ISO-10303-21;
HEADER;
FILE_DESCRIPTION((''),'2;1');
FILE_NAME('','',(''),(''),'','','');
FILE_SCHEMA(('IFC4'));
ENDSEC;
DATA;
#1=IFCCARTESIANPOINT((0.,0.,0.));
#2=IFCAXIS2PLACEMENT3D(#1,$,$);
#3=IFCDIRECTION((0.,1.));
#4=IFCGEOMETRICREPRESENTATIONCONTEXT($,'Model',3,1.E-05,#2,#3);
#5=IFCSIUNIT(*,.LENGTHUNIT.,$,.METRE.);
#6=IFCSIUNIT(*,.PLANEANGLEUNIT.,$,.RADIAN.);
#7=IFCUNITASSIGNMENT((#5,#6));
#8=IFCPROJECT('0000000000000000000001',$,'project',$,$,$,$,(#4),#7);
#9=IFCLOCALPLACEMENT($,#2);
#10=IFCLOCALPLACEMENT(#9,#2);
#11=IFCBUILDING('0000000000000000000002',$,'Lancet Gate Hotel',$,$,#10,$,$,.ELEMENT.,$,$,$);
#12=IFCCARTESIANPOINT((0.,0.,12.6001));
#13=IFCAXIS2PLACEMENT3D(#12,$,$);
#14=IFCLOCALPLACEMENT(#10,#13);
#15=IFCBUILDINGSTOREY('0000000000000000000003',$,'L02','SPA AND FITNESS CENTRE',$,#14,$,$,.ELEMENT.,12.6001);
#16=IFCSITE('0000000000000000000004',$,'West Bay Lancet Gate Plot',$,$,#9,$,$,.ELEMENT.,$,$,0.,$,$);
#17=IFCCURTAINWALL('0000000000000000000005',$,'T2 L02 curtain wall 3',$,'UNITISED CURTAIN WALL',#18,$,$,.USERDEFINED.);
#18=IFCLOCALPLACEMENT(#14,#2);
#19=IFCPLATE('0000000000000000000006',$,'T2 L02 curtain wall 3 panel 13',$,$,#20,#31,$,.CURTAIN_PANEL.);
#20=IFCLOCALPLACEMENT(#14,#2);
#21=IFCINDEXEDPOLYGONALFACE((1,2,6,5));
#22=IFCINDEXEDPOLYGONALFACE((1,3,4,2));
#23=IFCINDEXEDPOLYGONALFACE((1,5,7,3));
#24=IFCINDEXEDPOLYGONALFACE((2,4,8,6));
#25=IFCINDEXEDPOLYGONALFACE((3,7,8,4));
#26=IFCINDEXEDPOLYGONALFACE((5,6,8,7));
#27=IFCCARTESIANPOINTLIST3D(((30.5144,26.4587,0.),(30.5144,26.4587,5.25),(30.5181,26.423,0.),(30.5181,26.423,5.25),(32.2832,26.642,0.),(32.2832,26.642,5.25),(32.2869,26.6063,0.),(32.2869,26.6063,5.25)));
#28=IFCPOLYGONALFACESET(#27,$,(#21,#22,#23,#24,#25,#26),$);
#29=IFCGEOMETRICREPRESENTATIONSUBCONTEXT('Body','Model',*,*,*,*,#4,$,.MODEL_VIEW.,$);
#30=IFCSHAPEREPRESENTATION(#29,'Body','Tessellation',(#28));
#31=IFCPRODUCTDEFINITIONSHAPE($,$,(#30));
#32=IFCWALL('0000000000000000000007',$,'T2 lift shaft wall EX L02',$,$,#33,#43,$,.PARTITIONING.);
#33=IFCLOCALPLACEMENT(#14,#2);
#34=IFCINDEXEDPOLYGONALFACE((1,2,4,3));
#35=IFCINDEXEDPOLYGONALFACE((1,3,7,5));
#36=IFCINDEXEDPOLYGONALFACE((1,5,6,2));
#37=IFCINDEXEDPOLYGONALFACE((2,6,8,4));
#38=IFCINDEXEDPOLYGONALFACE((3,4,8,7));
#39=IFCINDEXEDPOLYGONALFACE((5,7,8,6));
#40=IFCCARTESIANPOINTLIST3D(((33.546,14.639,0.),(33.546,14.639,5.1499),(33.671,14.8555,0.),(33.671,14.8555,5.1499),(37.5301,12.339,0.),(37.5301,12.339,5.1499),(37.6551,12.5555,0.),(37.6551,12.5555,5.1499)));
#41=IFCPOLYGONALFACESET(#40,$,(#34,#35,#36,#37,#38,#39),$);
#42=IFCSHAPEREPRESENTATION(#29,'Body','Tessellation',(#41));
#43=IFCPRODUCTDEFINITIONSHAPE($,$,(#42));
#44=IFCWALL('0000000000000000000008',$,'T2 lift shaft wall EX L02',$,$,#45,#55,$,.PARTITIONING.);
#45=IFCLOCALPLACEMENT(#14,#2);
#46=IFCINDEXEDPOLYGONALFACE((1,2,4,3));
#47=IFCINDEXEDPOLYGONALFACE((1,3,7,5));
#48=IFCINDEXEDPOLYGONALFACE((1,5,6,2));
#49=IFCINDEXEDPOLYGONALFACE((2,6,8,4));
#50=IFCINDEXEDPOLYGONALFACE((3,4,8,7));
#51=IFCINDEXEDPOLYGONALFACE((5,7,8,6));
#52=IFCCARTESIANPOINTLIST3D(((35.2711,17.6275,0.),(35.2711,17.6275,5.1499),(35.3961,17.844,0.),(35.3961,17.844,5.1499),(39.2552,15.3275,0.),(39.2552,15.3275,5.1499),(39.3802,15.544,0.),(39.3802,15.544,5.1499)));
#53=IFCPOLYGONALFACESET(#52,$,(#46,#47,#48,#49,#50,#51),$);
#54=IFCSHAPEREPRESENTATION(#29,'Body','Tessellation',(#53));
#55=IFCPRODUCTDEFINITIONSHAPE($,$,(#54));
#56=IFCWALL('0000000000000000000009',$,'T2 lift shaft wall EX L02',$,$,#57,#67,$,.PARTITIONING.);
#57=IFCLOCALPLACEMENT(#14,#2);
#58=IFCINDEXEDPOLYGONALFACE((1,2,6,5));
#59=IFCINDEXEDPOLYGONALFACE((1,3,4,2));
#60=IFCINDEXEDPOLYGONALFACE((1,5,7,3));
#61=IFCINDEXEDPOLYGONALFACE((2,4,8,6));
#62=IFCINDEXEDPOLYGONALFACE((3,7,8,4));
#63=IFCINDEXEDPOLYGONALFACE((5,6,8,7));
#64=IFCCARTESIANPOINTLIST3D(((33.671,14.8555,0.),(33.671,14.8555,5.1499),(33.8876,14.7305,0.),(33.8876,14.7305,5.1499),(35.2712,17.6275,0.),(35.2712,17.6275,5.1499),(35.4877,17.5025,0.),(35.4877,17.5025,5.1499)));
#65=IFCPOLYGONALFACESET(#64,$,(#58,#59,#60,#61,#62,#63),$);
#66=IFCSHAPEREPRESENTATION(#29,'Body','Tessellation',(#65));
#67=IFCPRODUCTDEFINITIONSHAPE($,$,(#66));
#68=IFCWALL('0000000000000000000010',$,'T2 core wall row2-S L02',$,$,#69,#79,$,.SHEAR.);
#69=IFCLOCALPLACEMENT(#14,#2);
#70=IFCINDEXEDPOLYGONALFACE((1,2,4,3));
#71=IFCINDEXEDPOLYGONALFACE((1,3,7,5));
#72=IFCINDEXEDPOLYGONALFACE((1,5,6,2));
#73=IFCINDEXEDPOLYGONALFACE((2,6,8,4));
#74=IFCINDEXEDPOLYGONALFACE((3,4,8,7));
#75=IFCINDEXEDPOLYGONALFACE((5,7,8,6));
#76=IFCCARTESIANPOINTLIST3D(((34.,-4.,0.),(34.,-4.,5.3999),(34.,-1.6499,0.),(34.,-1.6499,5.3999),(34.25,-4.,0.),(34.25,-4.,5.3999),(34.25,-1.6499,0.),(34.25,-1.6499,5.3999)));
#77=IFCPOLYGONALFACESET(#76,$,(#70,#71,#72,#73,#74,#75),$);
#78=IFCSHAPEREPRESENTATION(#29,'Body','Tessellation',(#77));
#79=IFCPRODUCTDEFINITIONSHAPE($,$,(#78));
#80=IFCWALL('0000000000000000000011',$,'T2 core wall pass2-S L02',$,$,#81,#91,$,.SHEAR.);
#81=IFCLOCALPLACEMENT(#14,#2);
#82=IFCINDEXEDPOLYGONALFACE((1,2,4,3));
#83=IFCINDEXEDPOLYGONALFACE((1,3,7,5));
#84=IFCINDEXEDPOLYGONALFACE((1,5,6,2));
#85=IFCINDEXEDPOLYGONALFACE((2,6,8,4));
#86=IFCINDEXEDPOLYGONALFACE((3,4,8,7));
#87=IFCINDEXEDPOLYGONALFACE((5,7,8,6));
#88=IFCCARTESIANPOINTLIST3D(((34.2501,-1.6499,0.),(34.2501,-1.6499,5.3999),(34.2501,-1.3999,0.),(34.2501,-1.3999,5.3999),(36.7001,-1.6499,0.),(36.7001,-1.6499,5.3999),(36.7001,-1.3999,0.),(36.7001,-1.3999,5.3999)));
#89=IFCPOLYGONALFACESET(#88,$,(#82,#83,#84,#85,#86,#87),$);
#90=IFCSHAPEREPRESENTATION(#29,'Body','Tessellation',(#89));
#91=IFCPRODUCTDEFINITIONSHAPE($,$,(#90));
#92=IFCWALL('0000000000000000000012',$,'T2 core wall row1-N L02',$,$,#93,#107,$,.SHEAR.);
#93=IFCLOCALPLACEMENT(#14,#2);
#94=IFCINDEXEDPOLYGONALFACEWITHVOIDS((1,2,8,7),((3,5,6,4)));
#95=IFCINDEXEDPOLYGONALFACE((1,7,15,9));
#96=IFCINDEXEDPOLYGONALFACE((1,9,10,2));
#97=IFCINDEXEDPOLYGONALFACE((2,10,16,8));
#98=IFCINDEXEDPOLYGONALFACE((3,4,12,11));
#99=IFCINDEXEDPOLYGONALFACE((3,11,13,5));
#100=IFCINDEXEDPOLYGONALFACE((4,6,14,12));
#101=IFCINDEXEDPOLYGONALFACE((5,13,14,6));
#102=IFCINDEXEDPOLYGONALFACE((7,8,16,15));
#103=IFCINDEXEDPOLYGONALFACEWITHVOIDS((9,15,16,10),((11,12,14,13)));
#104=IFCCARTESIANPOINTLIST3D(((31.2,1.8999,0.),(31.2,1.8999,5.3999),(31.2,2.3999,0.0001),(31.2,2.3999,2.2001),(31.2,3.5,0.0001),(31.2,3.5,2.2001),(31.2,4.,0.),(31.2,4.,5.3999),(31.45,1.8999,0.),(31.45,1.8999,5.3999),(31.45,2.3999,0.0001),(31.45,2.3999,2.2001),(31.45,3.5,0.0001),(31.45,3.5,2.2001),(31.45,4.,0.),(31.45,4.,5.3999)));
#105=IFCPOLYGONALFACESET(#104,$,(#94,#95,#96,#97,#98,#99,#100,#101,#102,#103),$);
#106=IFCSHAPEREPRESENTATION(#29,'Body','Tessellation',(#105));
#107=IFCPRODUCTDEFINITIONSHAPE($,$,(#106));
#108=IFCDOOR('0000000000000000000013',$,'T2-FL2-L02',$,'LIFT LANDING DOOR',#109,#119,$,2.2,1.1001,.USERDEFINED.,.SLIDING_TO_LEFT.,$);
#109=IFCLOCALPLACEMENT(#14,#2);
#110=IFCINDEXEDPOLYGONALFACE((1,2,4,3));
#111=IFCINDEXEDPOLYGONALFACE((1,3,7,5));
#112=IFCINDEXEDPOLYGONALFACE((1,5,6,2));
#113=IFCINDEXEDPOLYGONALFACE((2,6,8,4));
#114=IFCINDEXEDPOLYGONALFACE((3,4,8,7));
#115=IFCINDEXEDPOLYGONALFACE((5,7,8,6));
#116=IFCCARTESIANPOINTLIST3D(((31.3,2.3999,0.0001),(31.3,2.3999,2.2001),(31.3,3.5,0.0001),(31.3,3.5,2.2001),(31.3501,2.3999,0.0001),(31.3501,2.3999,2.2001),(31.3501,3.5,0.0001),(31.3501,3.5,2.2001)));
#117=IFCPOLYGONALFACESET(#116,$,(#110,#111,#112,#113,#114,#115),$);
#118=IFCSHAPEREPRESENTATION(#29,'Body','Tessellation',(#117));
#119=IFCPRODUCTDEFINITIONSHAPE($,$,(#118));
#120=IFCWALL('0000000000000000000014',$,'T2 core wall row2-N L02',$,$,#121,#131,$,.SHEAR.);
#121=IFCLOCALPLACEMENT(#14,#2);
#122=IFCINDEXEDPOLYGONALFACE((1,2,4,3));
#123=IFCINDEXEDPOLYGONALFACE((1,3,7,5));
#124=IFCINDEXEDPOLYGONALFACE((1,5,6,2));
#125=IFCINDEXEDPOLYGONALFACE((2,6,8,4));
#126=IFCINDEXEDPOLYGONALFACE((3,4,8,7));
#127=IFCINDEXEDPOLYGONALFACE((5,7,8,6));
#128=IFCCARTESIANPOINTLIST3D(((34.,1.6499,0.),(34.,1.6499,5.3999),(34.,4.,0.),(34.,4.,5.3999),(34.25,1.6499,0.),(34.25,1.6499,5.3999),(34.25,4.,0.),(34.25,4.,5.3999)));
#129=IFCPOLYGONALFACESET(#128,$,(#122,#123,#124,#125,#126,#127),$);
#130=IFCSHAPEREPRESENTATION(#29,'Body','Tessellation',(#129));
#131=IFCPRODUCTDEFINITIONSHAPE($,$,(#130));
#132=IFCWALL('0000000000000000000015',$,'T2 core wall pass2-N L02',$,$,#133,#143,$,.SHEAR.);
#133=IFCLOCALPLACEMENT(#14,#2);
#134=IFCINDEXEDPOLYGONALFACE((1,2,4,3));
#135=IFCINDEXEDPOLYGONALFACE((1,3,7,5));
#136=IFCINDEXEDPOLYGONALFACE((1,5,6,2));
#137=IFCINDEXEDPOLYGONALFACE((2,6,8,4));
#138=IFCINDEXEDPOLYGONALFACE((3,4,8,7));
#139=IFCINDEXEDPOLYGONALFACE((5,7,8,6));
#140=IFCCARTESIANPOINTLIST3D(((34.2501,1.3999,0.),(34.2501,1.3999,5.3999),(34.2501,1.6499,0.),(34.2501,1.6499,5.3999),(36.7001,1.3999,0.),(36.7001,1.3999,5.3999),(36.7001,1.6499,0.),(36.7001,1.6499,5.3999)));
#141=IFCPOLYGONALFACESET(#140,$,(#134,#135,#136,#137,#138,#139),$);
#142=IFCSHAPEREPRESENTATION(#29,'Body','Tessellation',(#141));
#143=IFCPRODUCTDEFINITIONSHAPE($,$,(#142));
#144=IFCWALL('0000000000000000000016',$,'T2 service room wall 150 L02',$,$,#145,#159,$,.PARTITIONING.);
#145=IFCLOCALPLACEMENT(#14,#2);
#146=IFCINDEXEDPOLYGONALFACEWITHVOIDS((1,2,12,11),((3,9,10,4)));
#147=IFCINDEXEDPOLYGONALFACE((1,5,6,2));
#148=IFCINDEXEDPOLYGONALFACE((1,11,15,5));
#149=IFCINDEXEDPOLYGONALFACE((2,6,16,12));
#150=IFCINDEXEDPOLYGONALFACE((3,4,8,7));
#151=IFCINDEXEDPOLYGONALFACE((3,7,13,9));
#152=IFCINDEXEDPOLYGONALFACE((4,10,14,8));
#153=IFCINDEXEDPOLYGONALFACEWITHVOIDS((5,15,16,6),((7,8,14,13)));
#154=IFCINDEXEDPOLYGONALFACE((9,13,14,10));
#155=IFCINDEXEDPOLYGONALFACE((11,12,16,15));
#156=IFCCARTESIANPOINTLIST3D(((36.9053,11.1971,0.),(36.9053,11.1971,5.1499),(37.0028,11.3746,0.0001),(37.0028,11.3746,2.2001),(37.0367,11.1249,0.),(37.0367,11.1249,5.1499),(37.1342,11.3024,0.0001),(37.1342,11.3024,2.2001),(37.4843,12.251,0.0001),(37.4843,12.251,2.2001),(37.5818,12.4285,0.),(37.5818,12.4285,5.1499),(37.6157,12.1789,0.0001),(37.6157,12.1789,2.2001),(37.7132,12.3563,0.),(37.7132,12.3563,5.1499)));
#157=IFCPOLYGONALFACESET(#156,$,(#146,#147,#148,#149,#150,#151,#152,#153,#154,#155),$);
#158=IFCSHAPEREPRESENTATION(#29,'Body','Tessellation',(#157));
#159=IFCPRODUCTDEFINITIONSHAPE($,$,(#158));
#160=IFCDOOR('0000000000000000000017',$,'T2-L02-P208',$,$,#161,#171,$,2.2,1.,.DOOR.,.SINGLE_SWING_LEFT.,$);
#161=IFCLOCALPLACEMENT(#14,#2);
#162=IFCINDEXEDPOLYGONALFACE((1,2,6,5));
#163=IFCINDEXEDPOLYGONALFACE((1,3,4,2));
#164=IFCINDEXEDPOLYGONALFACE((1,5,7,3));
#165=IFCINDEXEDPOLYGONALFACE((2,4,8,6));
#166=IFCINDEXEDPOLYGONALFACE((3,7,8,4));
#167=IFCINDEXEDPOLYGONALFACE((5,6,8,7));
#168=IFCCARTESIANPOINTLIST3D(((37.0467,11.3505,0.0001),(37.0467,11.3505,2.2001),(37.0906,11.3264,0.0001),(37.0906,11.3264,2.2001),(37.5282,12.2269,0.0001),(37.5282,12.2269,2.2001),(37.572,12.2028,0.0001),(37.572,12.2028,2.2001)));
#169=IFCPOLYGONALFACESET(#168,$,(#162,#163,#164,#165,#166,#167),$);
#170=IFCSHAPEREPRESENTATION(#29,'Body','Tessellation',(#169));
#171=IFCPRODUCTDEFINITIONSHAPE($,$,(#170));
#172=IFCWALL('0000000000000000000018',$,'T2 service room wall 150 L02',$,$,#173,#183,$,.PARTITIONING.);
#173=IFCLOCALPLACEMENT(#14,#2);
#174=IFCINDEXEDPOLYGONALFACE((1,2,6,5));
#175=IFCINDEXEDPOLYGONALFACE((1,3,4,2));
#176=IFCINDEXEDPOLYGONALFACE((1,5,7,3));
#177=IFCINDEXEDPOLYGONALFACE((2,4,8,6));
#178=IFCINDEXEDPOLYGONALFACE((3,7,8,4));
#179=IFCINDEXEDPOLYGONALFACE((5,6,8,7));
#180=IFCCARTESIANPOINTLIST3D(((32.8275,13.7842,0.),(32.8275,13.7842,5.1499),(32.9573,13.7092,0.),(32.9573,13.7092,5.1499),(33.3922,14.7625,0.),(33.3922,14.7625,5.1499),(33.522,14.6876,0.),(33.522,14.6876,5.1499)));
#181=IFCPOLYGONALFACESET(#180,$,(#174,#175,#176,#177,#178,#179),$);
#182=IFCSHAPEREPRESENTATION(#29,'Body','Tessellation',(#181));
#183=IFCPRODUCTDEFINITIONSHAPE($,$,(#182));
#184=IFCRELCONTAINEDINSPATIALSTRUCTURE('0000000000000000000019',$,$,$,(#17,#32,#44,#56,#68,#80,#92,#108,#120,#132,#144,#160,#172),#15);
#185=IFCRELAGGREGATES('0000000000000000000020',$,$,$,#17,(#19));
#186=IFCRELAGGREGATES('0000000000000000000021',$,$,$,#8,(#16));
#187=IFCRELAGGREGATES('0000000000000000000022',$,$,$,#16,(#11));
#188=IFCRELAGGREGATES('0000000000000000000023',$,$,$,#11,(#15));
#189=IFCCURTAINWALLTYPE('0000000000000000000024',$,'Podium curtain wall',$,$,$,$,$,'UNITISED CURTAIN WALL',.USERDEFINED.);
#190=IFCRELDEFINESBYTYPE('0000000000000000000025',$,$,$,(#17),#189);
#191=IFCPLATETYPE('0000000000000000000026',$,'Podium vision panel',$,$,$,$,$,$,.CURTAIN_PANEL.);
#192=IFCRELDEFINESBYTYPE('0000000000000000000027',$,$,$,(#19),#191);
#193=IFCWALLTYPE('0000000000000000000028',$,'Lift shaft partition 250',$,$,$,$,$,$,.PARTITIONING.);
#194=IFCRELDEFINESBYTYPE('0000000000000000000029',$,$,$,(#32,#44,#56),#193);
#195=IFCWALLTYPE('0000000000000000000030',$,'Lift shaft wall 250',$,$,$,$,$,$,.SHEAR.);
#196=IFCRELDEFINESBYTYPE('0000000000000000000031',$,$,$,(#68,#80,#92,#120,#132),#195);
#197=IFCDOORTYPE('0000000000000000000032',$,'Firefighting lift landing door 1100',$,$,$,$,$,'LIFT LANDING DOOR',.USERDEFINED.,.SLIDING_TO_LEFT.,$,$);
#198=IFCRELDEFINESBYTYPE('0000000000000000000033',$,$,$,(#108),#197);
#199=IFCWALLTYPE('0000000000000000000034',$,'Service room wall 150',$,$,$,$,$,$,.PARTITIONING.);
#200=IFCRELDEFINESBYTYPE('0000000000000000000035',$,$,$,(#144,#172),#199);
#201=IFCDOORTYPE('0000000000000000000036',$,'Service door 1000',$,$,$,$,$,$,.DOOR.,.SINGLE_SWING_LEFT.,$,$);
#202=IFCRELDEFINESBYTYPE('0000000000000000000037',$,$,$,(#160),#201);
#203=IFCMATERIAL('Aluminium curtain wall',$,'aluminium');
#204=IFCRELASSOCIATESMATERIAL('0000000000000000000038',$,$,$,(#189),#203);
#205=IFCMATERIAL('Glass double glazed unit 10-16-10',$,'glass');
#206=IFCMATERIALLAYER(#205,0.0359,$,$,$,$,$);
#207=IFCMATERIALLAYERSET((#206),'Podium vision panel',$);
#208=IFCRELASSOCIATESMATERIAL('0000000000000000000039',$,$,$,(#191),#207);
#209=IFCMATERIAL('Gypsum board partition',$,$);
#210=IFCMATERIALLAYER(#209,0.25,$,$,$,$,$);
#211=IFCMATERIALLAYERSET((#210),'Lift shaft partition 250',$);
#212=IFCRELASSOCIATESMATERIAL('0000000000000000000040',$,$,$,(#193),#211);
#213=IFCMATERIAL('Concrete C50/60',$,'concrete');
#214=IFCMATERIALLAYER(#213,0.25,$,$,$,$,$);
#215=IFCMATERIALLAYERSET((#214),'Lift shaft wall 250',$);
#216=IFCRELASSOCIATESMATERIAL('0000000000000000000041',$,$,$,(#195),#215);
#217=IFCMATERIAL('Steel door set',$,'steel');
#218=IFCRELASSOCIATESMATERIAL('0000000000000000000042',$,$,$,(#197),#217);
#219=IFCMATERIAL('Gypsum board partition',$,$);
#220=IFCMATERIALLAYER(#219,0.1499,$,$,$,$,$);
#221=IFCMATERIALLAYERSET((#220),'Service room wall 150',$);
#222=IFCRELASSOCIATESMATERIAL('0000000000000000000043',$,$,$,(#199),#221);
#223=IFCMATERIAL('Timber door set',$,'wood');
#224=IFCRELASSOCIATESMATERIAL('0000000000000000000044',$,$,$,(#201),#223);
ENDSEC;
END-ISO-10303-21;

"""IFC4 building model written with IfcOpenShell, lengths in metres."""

from ifc_helpers import new_model, si_unit, direction, frame, frame_2d, origin, origin_2d, place, context, subcontext, project, spatial, rectangle, extrude, material, layer, layer_set, type_object, element, fill, aggregate, save


model = new_model("IFC4")

# Units and contexts
model_context = context("Model", 3, precision=1e-05, world=origin(), true_north=direction((0.0, 1.0)))
body_context = subcontext(model_context, "Body", "Model", "MODEL_VIEW")
ifc_project = project(units=[si_unit("LENGTHUNIT", "METRE"), si_unit("PLANEANGLEUNIT", "RADIAN")], contexts=[model_context])

# Site, building, storey
site_placement = place(None, origin())
site = spatial("IfcSite", under=ifc_project, at=site_placement, Name="West Bay Lancet Gate Plot", CompositionType="ELEMENT", RefElevation=0.0)
building_placement = place(site_placement, origin())
building = spatial("IfcBuilding", under=site, at=building_placement, Name="Lancet Gate Hotel", CompositionType="ELEMENT")
storey_placement = place(building_placement, frame((0.0, 0.0, 12.6001)))
storey = spatial("IfcBuildingStorey", under=building, at=storey_placement, Name="L02", Description="SPA AND FITNESS CENTRE", CompositionType="ELEMENT", Elevation=12.6001)

# Curtain wall
ifc_material_1 = material(Name="Aluminium curtain wall", Category="aluminium")
curtain_wall_type = type_object("IfcCurtainWallType", Name="Podium curtain wall", ElementType="UNITISED CURTAIN WALL", PredefinedType="USERDEFINED", material=ifc_material_1)
curtain_wall_1_placement = place(storey_placement, origin())
curtain_wall_1 = element("IfcCurtainWall", 1, at=curtain_wall_1_placement, inside=storey, type_object=curtain_wall_type, Name="T2 L02 curtain wall 3", ObjectType="UNITISED CURTAIN WALL", PredefinedType="USERDEFINED")

# Plate
ifc_material_2 = material(Name="Glass double glazed unit 10-16-10", Category="glass")
ifc_layer_1 = layer(ifc_material_2, 0.0359)
ifc_layer_set_1 = layer_set([ifc_layer_1], Name="Podium vision panel")
plate_type = type_object("IfcPlateType", Name="Podium vision panel", PredefinedType="CURTAIN_PANEL", material=ifc_layer_set_1)
plate_1_placement = place(storey_placement, frame((31.4006, 26.5325, 0.0), z_axis=(0.0, 0.0, 1.0), x_axis=(-0.994672, -0.103088, 0.0)))
plate_1 = element("IfcPlate", 2, at=plate_1_placement, type_object=plate_type, Name="T2 L02 curtain wall 3 panel 13", PredefinedType="CURTAIN_PANEL", context=body_context, shape_type="SweptSolid", body=[
    extrude(rectangle(XDim=1.7783, YDim=0.0359, at=origin_2d()), origin(), (0.0, 0.0, 1.0), 5.25),
])
aggregate(curtain_wall_1, [plate_1])

# Walls
ifc_material_3 = material(Name="Gypsum board partition")
ifc_layer_2 = layer(ifc_material_3, 0.25)
ifc_layer_set_2 = layer_set([ifc_layer_2], Name="Lift shaft partition 250")
wall_type_1 = type_object("IfcWallType", Name="Lift shaft partition 250", PredefinedType="PARTITIONING", material=ifc_layer_set_2)
for number, where, z_axis, x_axis, name in (
    (3, (33.6084, 14.7473, 0.0), (0.0, 0.0, 1.0), (0.866043, -0.499969, 0.0), "T2 lift shaft wall EX L02"),
    (4, (35.3335, 17.7358, 0.0), (0.0, 0.0, 1.0), (0.866043, -0.499969, 0.0), "T2 lift shaft wall EX L02"),
):
    element("IfcWall", number, at=place(storey_placement, frame(where, z_axis=z_axis, x_axis=x_axis)), inside=storey, type_object=wall_type_1, Name=name, PredefinedType="PARTITIONING", context=body_context, shape_type="SweptSolid", body=[
        extrude(rectangle(XDim=4.6003, YDim=0.25, at=frame_2d((2.3003, 0.0))), origin(), (0.0, 0.0, 1.0), 5.1499),
    ])
wall_1_placement = place(storey_placement, frame((33.7793, 14.793, 0.0), z_axis=(0.0, 0.0, 1.0), x_axis=(0.499929, 0.866066, 0.0)))
element("IfcWall", 5, at=wall_1_placement, inside=storey, type_object=wall_type_1, Name="T2 lift shaft wall EX L02", PredefinedType="PARTITIONING", context=body_context, shape_type="SweptSolid", body=[
    extrude(rectangle(XDim=3.2007, YDim=0.25, at=frame_2d((1.6003, 0.0))), origin(), (0.0, 0.0, 1.0), 5.1499),
])
ifc_material_4 = material(Name="Concrete C50/60", Category="concrete")
ifc_layer_3 = layer(ifc_material_4, 0.25)
ifc_layer_set_3 = layer_set([ifc_layer_3], Name="Lift shaft wall 250")
wall_type_2 = type_object("IfcWallType", Name="Lift shaft wall 250", PredefinedType="SHEAR", material=ifc_layer_set_3)
wall_2_placement = place(storey_placement, frame((34.125, -4.0, 0.0), z_axis=(0.0, 0.0, 1.0), x_axis=(0.0, 1.0, 0.0)))
element("IfcWall", 6, at=wall_2_placement, inside=storey, type_object=wall_type_2, Name="T2 core wall row2-S L02", PredefinedType="SHEAR", context=body_context, shape_type="SweptSolid", body=[
    extrude(rectangle(XDim=2.3501, YDim=0.25, at=frame_2d((1.175, 0.0))), origin(), (0.0, 0.0, 1.0), 5.3999),
])
wall_3_placement = place(storey_placement, frame((34.25, -1.5249, 0.0), z_axis=(0.0, 0.0, 1.0), x_axis=(1.0, 0.0, 0.0)))
element("IfcWall", 7, at=wall_3_placement, inside=storey, type_object=wall_type_2, Name="T2 core wall pass2-S L02", PredefinedType="SHEAR", context=body_context, shape_type="SweptSolid", body=[
    extrude(rectangle(XDim=2.45, YDim=0.25, at=frame_2d((1.2251, 0.0))), origin(), (0.0, 0.0, 1.0), 5.3999),
])

# Wall, opening, door
wall_4_placement = place(storey_placement, frame((31.325, 1.8999, 0.0), z_axis=(0.0, 0.0, 1.0), x_axis=(0.0, 1.0, 0.0)))
wall_4 = element("IfcWall", 8, at=wall_4_placement, inside=storey, type_object=wall_type_2, Name="T2 core wall row1-N L02", PredefinedType="SHEAR", context=body_context, shape_type="SweptSolid", body=[
    extrude(rectangle(XDim=2.1001, YDim=0.25, at=frame_2d((1.05, 0.0))), origin(), (0.0, 0.0, 1.0), 5.3999),
])
opening_1_placement = place(wall_4_placement, frame((0.5, 0.0, 0.0)))
opening_1 = element("IfcOpeningElement", 9, at=opening_1_placement, cuts=wall_4, PredefinedType="OPENING", context=body_context, shape_type="SweptSolid", body=[
    extrude(rectangle(XDim=1.1001, YDim=2.2, at=frame_2d((0.55, 1.1001))), frame((0.0, 0.135, 0.0), z_axis=(0.0, -1.0, 0.0), x_axis=(1.0, 0.0, 0.0)), (0.0, 0.0, 1.0), 0.27),
])
ifc_material_5 = material(Name="Steel door set", Category="steel")
door_type_1 = type_object("IfcDoorType", Name="Firefighting lift landing door 1100", ElementType="LIFT LANDING DOOR", OperationType="SLIDING_TO_LEFT", PredefinedType="USERDEFINED", material=ifc_material_5)
door_1_placement = place(opening_1_placement, origin())
door_1 = element("IfcDoor", 10, at=door_1_placement, inside=storey, type_object=door_type_1, Name="T2-FL2-L02", ObjectType="LIFT LANDING DOOR", OperationType="SLIDING_TO_LEFT", OverallHeight=2.2, OverallWidth=1.1001, PredefinedType="USERDEFINED", context=body_context, shape_type="SweptSolid", body=[
    extrude(rectangle(XDim=1.1001, YDim=2.2, at=frame_2d((0.55, 1.1001))), frame((0.0, 0.0249, 0.0), z_axis=(0.0, -1.0, 0.0), x_axis=(1.0, 0.0, 0.0)), (0.0, 0.0, 1.0), 0.05),
])
fill(opening_1, door_1)

# Walls
wall_5_placement = place(storey_placement, frame((34.125, 1.6499, 0.0), z_axis=(0.0, 0.0, 1.0), x_axis=(0.0, 1.0, 0.0)))
element("IfcWall", 11, at=wall_5_placement, inside=storey, type_object=wall_type_2, Name="T2 core wall row2-N L02", PredefinedType="SHEAR", context=body_context, shape_type="SweptSolid", body=[
    extrude(rectangle(XDim=2.3501, YDim=0.25, at=frame_2d((1.175, 0.0))), origin(), (0.0, 0.0, 1.0), 5.3999),
])
wall_6_placement = place(storey_placement, frame((34.25, 1.5249, 0.0), z_axis=(0.0, 0.0, 1.0), x_axis=(1.0, 0.0, 0.0)))
element("IfcWall", 12, at=wall_6_placement, inside=storey, type_object=wall_type_2, Name="T2 core wall pass2-N L02", PredefinedType="SHEAR", context=body_context, shape_type="SweptSolid", body=[
    extrude(rectangle(XDim=2.45, YDim=0.25, at=frame_2d((1.2251, 0.0))), origin(), (0.0, 0.0, 1.0), 5.3999),
])

# Wall, opening, door
ifc_material_6 = material(Name="Gypsum board partition")
ifc_layer_4 = layer(ifc_material_6, 0.1499)
ifc_layer_set_4 = layer_set([ifc_layer_4], Name="Service room wall 150")
wall_type_3 = type_object("IfcWallType", Name="Service room wall 150", PredefinedType="PARTITIONING", material=ifc_layer_set_4)
wall_7_placement = place(storey_placement, frame((36.9709, 11.1609, 0.0), z_axis=(0.0, 0.0, 1.0), x_axis=(0.481492, 0.876451, 0.0)))
wall_7 = element("IfcWall", 13, at=wall_7_placement, inside=storey, type_object=wall_type_3, Name="T2 service room wall 150 L02", PredefinedType="PARTITIONING", context=body_context, shape_type="SweptSolid", body=[
    extrude(rectangle(XDim=1.405, YDim=0.1499, at=frame_2d((0.7026, 0.0))), origin(), (0.0, 0.0, 1.0), 5.1499),
])
opening_2_placement = place(wall_7_placement, frame((0.2026, 0.0, 0.0)))
opening_2 = element("IfcOpeningElement", 14, at=opening_2_placement, cuts=wall_7, PredefinedType="OPENING", context=body_context, shape_type="SweptSolid", body=[
    extrude(rectangle(XDim=1.0, YDim=2.2, at=frame_2d((0.5, 1.1001))), frame((0.0, 0.085, 0.0), z_axis=(0.0, -1.0, 0.0), x_axis=(1.0, 0.0, 0.0)), (0.0, 0.0, 1.0), 0.1699),
])
ifc_material_7 = material(Name="Timber door set", Category="wood")
door_type_2 = type_object("IfcDoorType", Name="Service door 1000", OperationType="SINGLE_SWING_LEFT", PredefinedType="DOOR", material=ifc_material_7)
door_2_placement = place(opening_2_placement, origin())
door_2 = element("IfcDoor", 15, at=door_2_placement, inside=storey, type_object=door_type_2, Name="T2-L02-P208", OperationType="SINGLE_SWING_LEFT", OverallHeight=2.2, OverallWidth=1.0, PredefinedType="DOOR", context=body_context, shape_type="SweptSolid", body=[
    extrude(rectangle(XDim=1.0, YDim=2.2, at=frame_2d((0.5, 1.1001))), frame((0.0, 0.0249, 0.0), z_axis=(0.0, -1.0, 0.0), x_axis=(1.0, 0.0, 0.0)), (0.0, 0.0, 1.0), 0.05),
])
fill(opening_2, door_2)

# Wall
wall_8_placement = place(storey_placement, frame((32.8923, 13.7466, 0.0), z_axis=(0.0, 0.0, 1.0), x_axis=(0.499928, 0.866067, 0.0)))
element("IfcWall", 16, at=wall_8_placement, inside=storey, type_object=wall_type_3, Name="T2 service room wall 150 L02", PredefinedType="PARTITIONING", context=body_context, shape_type="SweptSolid", body=[
    extrude(rectangle(XDim=1.1296, YDim=0.1499, at=frame_2d((0.5649, 0.0))), origin(), (0.0, 0.0, 1.0), 5.1499),
])

save(model, "model.ifc")
